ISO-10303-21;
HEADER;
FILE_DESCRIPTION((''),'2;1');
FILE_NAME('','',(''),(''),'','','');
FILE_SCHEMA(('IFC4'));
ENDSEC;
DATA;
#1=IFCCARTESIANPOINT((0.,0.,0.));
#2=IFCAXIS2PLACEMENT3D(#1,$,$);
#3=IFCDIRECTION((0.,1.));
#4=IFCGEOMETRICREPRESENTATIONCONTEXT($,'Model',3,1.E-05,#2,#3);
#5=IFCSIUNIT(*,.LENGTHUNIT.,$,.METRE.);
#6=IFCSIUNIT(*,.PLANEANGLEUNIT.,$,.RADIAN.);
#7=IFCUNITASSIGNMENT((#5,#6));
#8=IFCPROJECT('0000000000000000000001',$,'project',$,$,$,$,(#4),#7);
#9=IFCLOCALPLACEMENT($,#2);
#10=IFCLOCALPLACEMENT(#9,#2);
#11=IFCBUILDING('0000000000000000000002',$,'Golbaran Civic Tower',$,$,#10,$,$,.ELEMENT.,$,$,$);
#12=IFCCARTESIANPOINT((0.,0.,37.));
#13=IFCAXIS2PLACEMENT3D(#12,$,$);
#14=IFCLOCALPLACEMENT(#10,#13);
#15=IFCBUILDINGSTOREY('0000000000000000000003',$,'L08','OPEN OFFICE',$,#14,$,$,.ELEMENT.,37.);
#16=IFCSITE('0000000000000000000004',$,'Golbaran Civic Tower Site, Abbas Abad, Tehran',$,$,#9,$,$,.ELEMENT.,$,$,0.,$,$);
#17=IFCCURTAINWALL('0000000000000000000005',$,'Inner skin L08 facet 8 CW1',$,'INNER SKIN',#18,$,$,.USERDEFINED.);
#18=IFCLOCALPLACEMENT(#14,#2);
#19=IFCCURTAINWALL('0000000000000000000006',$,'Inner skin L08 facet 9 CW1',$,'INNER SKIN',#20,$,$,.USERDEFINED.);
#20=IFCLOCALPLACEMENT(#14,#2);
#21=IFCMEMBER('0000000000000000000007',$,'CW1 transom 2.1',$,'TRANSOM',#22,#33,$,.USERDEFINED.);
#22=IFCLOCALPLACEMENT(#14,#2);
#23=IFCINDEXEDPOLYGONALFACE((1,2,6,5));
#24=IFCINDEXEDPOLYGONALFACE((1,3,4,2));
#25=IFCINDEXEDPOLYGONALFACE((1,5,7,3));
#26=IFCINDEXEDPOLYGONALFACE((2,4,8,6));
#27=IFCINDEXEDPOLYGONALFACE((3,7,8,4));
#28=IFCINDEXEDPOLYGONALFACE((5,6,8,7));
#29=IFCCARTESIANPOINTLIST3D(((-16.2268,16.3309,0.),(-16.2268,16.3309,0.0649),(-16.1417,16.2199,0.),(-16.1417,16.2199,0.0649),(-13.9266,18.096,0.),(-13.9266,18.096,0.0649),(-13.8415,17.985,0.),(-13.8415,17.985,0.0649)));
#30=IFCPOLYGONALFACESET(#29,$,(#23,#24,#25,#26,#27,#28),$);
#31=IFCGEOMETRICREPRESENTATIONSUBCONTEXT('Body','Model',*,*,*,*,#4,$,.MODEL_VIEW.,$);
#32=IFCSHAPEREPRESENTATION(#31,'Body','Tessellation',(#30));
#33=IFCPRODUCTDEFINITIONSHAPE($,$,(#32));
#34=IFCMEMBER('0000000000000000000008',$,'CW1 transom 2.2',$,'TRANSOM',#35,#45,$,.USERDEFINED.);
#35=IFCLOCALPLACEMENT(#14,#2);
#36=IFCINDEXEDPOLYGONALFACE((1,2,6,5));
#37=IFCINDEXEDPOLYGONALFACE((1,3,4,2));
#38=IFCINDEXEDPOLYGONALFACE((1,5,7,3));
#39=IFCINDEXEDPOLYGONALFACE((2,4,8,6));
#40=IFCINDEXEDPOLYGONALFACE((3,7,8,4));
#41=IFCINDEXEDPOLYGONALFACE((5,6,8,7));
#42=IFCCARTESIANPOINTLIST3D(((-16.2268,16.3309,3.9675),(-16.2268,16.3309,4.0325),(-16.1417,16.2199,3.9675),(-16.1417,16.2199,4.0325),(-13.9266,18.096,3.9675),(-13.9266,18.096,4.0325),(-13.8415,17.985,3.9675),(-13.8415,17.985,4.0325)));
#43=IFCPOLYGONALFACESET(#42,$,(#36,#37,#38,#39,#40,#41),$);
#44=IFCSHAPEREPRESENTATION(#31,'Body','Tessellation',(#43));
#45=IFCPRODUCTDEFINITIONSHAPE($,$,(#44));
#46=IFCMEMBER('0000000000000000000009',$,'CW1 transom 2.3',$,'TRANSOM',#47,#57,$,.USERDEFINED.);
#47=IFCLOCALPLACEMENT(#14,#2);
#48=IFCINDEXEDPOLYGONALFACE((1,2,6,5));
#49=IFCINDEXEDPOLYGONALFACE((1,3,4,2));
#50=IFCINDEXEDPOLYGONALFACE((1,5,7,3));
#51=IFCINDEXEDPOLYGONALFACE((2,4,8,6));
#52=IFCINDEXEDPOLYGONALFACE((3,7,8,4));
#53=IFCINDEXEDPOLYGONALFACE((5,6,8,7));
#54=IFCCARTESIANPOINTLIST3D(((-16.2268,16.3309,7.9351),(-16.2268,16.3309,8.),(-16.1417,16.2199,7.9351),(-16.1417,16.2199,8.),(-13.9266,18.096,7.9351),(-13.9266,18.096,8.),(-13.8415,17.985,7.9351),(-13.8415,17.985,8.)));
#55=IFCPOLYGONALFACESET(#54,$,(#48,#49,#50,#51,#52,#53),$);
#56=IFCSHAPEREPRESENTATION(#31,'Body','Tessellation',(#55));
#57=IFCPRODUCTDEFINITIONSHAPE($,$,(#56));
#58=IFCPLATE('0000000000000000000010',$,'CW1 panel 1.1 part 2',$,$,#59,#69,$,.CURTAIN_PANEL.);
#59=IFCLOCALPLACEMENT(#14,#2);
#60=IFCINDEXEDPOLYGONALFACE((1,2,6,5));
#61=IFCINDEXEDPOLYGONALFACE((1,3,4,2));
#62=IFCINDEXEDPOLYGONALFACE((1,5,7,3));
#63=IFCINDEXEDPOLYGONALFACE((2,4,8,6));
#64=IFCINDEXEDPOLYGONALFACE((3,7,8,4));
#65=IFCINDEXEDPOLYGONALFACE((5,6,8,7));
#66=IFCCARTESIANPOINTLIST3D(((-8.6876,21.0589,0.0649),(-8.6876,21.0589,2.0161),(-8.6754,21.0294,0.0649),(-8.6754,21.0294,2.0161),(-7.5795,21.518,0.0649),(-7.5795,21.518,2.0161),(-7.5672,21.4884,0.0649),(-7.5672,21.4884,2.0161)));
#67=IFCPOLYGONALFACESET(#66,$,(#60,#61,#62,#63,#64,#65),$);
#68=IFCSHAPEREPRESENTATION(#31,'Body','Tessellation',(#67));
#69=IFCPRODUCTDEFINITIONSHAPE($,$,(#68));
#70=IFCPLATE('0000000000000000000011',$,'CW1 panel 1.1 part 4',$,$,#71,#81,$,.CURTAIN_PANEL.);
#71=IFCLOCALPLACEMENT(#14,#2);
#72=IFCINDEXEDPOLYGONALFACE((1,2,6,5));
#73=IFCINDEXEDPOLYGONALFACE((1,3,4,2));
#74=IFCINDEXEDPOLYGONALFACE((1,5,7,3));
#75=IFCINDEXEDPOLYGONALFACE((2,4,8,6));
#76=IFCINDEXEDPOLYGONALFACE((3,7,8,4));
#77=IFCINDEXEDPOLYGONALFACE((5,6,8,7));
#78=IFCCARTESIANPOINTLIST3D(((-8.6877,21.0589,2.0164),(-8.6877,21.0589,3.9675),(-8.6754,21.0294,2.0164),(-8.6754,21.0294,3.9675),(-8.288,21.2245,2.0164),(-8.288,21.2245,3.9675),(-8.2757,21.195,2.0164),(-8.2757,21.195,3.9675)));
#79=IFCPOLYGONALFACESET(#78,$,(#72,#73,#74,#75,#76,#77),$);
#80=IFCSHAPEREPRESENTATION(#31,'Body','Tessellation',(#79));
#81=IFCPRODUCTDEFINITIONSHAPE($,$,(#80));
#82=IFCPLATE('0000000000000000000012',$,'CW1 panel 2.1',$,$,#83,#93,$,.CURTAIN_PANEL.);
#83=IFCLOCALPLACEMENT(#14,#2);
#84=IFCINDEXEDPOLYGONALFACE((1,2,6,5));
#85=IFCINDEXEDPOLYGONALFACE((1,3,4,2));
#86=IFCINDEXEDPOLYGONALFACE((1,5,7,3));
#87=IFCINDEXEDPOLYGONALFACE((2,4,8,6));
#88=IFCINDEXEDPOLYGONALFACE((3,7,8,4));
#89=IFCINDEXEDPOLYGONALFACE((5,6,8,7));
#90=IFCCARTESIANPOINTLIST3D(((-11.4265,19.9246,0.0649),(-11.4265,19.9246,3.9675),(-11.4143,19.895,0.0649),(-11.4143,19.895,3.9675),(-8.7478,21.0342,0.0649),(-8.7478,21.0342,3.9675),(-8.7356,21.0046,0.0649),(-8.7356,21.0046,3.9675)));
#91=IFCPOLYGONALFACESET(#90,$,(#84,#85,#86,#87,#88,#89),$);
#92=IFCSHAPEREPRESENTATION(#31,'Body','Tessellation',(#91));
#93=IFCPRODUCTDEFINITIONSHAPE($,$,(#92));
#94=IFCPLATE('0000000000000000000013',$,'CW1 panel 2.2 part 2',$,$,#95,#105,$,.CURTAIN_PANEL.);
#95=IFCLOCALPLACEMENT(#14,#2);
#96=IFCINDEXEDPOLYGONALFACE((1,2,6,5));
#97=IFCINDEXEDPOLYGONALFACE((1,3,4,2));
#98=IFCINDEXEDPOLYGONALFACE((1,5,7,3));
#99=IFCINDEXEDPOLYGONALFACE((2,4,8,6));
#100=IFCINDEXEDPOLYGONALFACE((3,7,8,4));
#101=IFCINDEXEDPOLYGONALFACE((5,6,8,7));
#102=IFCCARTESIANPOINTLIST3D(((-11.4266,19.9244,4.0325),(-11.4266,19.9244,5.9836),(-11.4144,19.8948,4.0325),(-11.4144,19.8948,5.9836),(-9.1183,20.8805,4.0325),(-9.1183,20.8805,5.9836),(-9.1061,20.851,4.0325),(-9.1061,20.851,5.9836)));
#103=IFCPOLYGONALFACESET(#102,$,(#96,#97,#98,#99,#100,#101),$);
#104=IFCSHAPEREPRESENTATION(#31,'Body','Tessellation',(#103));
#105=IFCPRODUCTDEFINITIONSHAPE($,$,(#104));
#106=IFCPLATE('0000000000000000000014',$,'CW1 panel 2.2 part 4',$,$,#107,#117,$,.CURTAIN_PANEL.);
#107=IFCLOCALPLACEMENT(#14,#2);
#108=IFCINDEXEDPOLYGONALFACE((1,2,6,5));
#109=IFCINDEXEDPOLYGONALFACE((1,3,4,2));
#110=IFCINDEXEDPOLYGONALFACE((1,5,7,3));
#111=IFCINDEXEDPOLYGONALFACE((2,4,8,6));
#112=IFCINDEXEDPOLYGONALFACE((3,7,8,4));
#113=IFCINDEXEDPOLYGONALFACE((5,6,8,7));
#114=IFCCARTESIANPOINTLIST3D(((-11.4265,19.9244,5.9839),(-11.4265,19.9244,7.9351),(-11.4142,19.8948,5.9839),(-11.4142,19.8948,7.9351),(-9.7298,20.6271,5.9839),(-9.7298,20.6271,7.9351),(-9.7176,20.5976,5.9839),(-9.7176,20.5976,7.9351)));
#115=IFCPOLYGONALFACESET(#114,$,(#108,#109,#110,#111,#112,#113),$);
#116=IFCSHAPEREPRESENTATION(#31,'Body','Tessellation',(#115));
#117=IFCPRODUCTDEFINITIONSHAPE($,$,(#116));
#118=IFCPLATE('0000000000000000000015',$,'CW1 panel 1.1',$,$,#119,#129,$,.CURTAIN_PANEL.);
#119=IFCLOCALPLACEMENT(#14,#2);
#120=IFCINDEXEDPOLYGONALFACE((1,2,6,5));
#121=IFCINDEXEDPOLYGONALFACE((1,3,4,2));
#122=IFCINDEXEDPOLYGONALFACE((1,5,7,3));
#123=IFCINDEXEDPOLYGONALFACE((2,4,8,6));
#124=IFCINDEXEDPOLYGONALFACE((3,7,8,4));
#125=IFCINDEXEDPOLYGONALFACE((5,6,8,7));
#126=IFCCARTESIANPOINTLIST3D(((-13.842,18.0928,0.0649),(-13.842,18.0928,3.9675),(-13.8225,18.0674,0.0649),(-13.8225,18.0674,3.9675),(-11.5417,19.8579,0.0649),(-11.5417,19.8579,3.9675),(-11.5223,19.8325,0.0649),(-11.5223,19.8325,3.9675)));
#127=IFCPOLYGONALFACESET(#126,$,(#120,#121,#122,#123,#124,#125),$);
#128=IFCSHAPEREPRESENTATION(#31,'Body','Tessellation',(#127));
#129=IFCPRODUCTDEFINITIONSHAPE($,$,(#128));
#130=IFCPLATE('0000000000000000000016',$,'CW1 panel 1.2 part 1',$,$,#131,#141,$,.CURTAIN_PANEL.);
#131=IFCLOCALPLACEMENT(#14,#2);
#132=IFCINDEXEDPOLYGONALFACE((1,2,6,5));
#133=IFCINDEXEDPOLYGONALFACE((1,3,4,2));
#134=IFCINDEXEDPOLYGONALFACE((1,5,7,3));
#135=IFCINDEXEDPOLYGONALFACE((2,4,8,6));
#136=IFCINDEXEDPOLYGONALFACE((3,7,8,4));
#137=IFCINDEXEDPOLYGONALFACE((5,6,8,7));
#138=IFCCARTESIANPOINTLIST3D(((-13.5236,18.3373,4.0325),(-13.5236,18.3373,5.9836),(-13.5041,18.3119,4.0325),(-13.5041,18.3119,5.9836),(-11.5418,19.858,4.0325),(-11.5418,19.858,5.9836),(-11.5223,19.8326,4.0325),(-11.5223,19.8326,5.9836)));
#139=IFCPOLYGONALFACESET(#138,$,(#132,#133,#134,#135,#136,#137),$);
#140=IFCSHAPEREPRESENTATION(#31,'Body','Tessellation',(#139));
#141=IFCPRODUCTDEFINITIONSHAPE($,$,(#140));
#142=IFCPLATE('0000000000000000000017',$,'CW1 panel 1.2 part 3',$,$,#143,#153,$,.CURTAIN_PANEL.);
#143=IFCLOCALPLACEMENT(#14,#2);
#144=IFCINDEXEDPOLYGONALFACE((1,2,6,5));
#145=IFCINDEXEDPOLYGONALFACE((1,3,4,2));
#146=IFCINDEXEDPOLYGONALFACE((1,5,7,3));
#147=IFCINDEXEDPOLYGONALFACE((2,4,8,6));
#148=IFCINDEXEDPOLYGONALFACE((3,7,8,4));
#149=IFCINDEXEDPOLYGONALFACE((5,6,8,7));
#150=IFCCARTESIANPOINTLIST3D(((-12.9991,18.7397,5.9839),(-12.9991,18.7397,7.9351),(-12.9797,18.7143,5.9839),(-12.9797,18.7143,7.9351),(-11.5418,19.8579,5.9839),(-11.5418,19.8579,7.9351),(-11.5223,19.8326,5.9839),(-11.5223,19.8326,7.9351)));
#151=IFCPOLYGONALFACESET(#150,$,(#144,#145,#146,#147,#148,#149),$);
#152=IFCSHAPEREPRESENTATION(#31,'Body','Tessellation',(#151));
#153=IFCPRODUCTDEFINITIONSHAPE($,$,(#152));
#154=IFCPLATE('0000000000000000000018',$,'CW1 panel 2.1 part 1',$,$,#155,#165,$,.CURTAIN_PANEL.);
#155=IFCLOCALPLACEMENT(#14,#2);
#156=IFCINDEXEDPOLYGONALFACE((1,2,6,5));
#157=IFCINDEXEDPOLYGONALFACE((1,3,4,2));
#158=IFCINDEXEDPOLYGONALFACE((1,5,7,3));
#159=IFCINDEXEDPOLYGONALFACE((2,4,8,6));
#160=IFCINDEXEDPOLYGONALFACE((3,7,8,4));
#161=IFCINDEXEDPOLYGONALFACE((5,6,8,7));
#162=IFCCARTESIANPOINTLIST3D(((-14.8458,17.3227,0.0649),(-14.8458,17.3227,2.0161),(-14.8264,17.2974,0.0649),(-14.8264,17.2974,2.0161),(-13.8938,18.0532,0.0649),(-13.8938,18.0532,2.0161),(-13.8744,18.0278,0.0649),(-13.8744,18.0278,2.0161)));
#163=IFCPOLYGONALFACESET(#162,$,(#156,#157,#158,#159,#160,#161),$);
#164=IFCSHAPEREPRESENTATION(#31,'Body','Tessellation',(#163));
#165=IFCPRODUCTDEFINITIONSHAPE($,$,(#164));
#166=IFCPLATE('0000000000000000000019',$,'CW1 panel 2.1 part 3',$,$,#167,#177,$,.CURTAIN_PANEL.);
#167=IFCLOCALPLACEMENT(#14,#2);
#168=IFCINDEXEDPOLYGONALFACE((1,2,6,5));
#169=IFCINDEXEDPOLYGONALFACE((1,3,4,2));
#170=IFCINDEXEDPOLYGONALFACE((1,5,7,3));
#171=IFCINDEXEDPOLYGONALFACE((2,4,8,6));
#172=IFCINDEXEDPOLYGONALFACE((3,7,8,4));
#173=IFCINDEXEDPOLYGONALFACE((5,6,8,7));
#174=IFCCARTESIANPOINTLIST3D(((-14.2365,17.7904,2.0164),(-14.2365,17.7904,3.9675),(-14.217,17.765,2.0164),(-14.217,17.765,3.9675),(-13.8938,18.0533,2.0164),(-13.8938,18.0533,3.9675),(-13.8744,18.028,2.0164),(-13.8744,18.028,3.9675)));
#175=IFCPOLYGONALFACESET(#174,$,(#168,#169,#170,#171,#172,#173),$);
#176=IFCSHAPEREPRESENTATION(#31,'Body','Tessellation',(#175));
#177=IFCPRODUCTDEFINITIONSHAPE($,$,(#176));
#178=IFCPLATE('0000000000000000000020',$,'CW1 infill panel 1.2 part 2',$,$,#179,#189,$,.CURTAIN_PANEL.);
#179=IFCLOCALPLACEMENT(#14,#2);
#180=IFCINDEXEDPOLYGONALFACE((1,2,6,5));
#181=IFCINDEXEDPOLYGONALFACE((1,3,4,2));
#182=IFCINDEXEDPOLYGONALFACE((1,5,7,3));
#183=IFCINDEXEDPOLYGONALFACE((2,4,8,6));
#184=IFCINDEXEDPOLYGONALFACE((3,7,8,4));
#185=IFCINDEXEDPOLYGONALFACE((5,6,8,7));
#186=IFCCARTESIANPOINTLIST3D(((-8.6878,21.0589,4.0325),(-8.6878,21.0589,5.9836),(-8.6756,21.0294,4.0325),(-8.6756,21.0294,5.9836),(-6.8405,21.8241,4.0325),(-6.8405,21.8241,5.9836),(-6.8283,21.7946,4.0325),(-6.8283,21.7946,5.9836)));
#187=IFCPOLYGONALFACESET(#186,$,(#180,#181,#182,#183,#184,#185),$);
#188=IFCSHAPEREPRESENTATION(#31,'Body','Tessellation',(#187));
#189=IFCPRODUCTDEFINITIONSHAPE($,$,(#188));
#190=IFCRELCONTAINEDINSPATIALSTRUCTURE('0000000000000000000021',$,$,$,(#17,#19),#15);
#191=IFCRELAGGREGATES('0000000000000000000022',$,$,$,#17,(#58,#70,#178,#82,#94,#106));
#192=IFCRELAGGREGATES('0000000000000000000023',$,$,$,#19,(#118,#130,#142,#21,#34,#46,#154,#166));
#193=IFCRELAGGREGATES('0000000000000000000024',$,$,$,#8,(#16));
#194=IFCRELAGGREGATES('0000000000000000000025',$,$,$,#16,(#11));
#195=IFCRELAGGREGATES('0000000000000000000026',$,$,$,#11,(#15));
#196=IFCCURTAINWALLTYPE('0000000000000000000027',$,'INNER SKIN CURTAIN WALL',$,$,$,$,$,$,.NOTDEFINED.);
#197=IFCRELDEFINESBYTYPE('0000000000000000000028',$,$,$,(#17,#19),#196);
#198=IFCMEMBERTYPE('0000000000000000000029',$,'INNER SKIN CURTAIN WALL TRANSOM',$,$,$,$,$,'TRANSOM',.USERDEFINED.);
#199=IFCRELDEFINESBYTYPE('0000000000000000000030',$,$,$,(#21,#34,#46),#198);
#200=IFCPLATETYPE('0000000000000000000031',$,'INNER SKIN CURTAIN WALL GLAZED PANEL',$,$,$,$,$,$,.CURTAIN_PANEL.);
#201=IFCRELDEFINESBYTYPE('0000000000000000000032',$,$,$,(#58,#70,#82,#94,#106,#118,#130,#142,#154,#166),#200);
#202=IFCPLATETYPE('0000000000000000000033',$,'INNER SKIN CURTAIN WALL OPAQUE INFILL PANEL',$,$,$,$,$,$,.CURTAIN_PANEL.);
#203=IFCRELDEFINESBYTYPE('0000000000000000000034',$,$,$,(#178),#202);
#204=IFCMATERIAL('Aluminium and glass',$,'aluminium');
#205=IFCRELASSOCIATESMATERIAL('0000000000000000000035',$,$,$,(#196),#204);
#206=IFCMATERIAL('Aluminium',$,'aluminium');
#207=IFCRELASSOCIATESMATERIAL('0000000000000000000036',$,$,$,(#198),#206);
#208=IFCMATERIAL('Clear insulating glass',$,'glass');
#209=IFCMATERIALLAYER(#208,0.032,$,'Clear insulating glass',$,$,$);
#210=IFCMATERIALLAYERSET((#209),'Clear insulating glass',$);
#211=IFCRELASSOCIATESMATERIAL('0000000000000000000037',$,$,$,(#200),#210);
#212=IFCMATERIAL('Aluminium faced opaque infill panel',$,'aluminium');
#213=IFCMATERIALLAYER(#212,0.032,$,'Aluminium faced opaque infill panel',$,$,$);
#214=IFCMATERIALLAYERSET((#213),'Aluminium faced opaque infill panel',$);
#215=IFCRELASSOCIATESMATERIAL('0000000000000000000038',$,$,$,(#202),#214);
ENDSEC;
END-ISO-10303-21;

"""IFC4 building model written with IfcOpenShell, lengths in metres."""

from ifc_helpers import new_model, si_unit, direction, frame, origin, origin_2d, place, context, subcontext, project, spatial, rectangle, extrude, material, layer, layer_set, material_profile, profile_set, type_object, element, aggregate, save


model = new_model("IFC4")

# Units and contexts
model_context = context("Model", 3, precision=1e-05, world=origin(), true_north=direction((0.0, 1.0)))
body_context = subcontext(model_context, "Body", "Model", "MODEL_VIEW")
ifc_project = project(units=[si_unit("LENGTHUNIT", "METRE"), si_unit("PLANEANGLEUNIT", "RADIAN")], contexts=[model_context])

# Site, building, storey
site_placement = place(None, origin())
site = spatial("IfcSite", under=ifc_project, at=site_placement, Name="Golbaran Civic Tower Site, Abbas Abad, Tehran", CompositionType="ELEMENT", RefElevation=0.0)
building_placement = place(site_placement, origin())
building = spatial("IfcBuilding", under=site, at=building_placement, Name="Golbaran Civic Tower", CompositionType="ELEMENT")
storey_placement = place(building_placement, frame((0.0, 0.0, 37.0)))
storey = spatial("IfcBuildingStorey", under=building, at=storey_placement, Name="L08", Description="OPEN OFFICE", CompositionType="ELEMENT", Elevation=37.0)

# Curtain walls
ifc_material_1 = material(Name="Aluminium and glass", Category="aluminium")
curtain_wall_type = type_object("IfcCurtainWallType", Name="INNER SKIN CURTAIN WALL", PredefinedType="NOTDEFINED", material=ifc_material_1)
curtain_wall_1_placement = place(storey_placement, origin())
curtain_wall_1 = element("IfcCurtainWall", 1, at=curtain_wall_1_placement, inside=storey, type_object=curtain_wall_type, Name="Inner skin L08 facet 8 CW1", ObjectType="INNER SKIN", PredefinedType="USERDEFINED")
ifc_material_2 = material(Name="Aluminium", Category="aluminium")
curtain_wall_2_placement = place(storey_placement, origin())
curtain_wall_2 = element("IfcCurtainWall", 2, at=curtain_wall_2_placement, inside=storey, type_object=curtain_wall_type, Name="Inner skin L08 facet 9 CW1", ObjectType="INNER SKIN", PredefinedType="USERDEFINED")

# Members
ifc_material_profile_1 = material_profile(ifc_material_2, rectangle(XDim=0.1399, YDim=0.0649, at=origin_2d()), Name="INNER SKIN CURTAIN WALL TRANSOM")
ifc_profile_set_1 = profile_set([ifc_material_profile_1], Name="Aluminium")
member_type_1 = type_object("IfcMemberType", Name="INNER SKIN CURTAIN WALL TRANSOM", ElementType="TRANSOM", PredefinedType="USERDEFINED", material=ifc_profile_set_1)
member_1_placement = place(storey_placement, frame((-13.884, 18.0405, 0.0325), z_axis=(-0.793343, -0.608774, 0.0), x_axis=(0.608774, -0.793343, 0.0)))
member_1 = element("IfcMember", 3, at=member_1_placement, type_object=member_type_1, Name="CW1 transom 2.1", ObjectType="TRANSOM", PredefinedType="USERDEFINED", context=body_context, shape_type="SweptSolid", body=[
    extrude(rectangle(XDim=0.1399, YDim=0.0649, at=origin_2d()), origin(), (0.0, 0.0, 1.0), 2.8994),
])
member_2_placement = place(storey_placement, frame((-13.884, 18.0405, 4.0), z_axis=(-0.793343, -0.608774, 0.0), x_axis=(0.608774, -0.793343, 0.0)))
member_2 = element("IfcMember", 4, at=member_2_placement, type_object=member_type_1, Name="CW1 transom 2.2", ObjectType="TRANSOM", PredefinedType="USERDEFINED", context=body_context, shape_type="SweptSolid", body=[
    extrude(rectangle(XDim=0.1399, YDim=0.0649, at=origin_2d()), origin(), (0.0, 0.0, 1.0), 2.8994),
])
member_3_placement = place(storey_placement, frame((-13.884, 18.0405, 7.9675), z_axis=(-0.793343, -0.608774, 0.0), x_axis=(0.608774, -0.793343, 0.0)))
member_3 = element("IfcMember", 5, at=member_3_placement, type_object=member_type_1, Name="CW1 transom 2.3", ObjectType="TRANSOM", PredefinedType="USERDEFINED", context=body_context, shape_type="SweptSolid", body=[
    extrude(rectangle(XDim=0.1399, YDim=0.0649, at=origin_2d()), origin(), (0.0, 0.0, 1.0), 2.8994),
])

# Plates
ifc_material_3 = material(Name="Clear insulating glass", Category="glass")
ifc_layer_1 = layer(ifc_material_3, 0.032, Name="Clear insulating glass")
ifc_layer_set_1 = layer_set([ifc_layer_1], Name="Clear insulating glass")
plate_type_1 = type_object("IfcPlateType", Name="INNER SKIN CURTAIN WALL GLAZED PANEL", PredefinedType="CURTAIN_PANEL", material=ifc_layer_set_1)
plate_1_placement = place(storey_placement, frame((-8.1274, 21.2737, 0.0649), z_axis=(0.0, 0.0, 1.0), x_axis=(-0.92388, -0.382683, 0.0)))
plate_1 = element("IfcPlate", 6, at=plate_1_placement, type_object=plate_type_1, Name="CW1 panel 1.1 part 2", PredefinedType="CURTAIN_PANEL", context=body_context, shape_type="SweptSolid", body=[
    extrude(rectangle(XDim=1.1995, YDim=0.032, at=origin_2d()), origin(), (0.0, 0.0, 1.0), 1.9512),
])
plate_2_placement = place(storey_placement, frame((-8.4817, 21.127, 2.0164), z_axis=(0.0, 0.0, 1.0), x_axis=(-0.92388, -0.382683, 0.0)))
plate_2 = element("IfcPlate", 7, at=plate_2_placement, type_object=plate_type_1, Name="CW1 panel 1.1 part 4", PredefinedType="CURTAIN_PANEL", context=body_context, shape_type="SweptSolid", body=[
    extrude(rectangle(XDim=0.4326, YDim=0.032, at=origin_2d()), origin(), (0.0, 0.0, 1.0), 1.9512),
])
plate_3_placement = place(storey_placement, frame((-10.0811, 20.4646, 0.0649), z_axis=(0.0, 0.0, 1.0), x_axis=(-0.92388, -0.382683, 0.0)))
plate_3 = element("IfcPlate", 8, at=plate_3_placement, type_object=plate_type_1, Name="CW1 panel 2.1", PredefinedType="CURTAIN_PANEL", context=body_context, shape_type="SweptSolid", body=[
    extrude(rectangle(XDim=2.8994, YDim=0.032, at=origin_2d()), origin(), (0.0, 0.0, 1.0), 3.9026),
])
plate_4_placement = place(storey_placement, frame((-10.2664, 20.3877, 4.0325), z_axis=(0.0, 0.0, 1.0), x_axis=(-0.92388, -0.382683, 0.0)))
plate_4 = element("IfcPlate", 9, at=plate_4_placement, type_object=plate_type_1, Name="CW1 panel 2.2 part 2", PredefinedType="CURTAIN_PANEL", context=body_context, shape_type="SweptSolid", body=[
    extrude(rectangle(XDim=2.4985, YDim=0.032, at=origin_2d()), origin(), (0.0, 0.0, 1.0), 1.9512),
])
plate_5_placement = place(storey_placement, frame((-10.572, 20.261, 5.9839), z_axis=(0.0, 0.0, 1.0), x_axis=(-0.92388, -0.382683, 0.0)))
plate_5 = element("IfcPlate", 10, at=plate_5_placement, type_object=plate_type_1, Name="CW1 panel 2.2 part 4", PredefinedType="CURTAIN_PANEL", context=body_context, shape_type="SweptSolid", body=[
    extrude(rectangle(XDim=1.8364, YDim=0.032, at=origin_2d()), origin(), (0.0, 0.0, 1.0), 1.9512),
])
plate_6_placement = place(storey_placement, frame((-12.6821, 18.9626, 0.0649), z_axis=(0.0, 0.0, 1.0), x_axis=(-0.793353, -0.608761, 0.0)))
plate_6 = element("IfcPlate", 11, at=plate_6_placement, type_object=plate_type_1, Name="CW1 panel 1.1", PredefinedType="CURTAIN_PANEL", context=body_context, shape_type="SweptSolid", body=[
    extrude(rectangle(XDim=2.8994, YDim=0.032, at=origin_2d()), origin(), (0.0, 0.0, 1.0), 3.9026),
])
plate_7_placement = place(storey_placement, frame((-12.5229, 19.085, 4.0325), z_axis=(0.0, 0.0, 1.0), x_axis=(-0.793353, -0.608761, 0.0)))
plate_7 = element("IfcPlate", 12, at=plate_7_placement, type_object=plate_type_1, Name="CW1 panel 1.2 part 1", PredefinedType="CURTAIN_PANEL", context=body_context, shape_type="SweptSolid", body=[
    extrude(rectangle(XDim=2.498, YDim=0.032, at=origin_2d()), origin(), (0.0, 0.0, 1.0), 1.9512),
])
plate_8_placement = place(storey_placement, frame((-12.2607, 19.2861, 5.9839), z_axis=(0.0, 0.0, 1.0), x_axis=(-0.793353, -0.608761, 0.0)))
plate_8 = element("IfcPlate", 13, at=plate_8_placement, type_object=plate_type_1, Name="CW1 panel 1.2 part 3", PredefinedType="CURTAIN_PANEL", context=body_context, shape_type="SweptSolid", body=[
    extrude(rectangle(XDim=1.8369, YDim=0.032, at=origin_2d()), origin(), (0.0, 0.0, 1.0), 1.9512),
])
plate_9_placement = place(storey_placement, frame((-14.3601, 17.6753, 0.0649), z_axis=(0.0, 0.0, 1.0), x_axis=(-0.793353, -0.608761, 0.0)))
plate_9 = element("IfcPlate", 14, at=plate_9_placement, type_object=plate_type_1, Name="CW1 panel 2.1 part 1", PredefinedType="CURTAIN_PANEL", context=body_context, shape_type="SweptSolid", body=[
    extrude(rectangle(XDim=1.2, YDim=0.032, at=origin_2d()), origin(), (0.0, 0.0, 1.0), 1.9512),
])
plate_10_placement = place(storey_placement, frame((-14.0554, 17.9092, 2.0164), z_axis=(0.0, 0.0, 1.0), x_axis=(-0.793353, -0.608761, 0.0)))
plate_10 = element("IfcPlate", 15, at=plate_10_placement, type_object=plate_type_1, Name="CW1 panel 2.1 part 3", PredefinedType="CURTAIN_PANEL", context=body_context, shape_type="SweptSolid", body=[
    extrude(rectangle(XDim=0.4319, YDim=0.032, at=origin_2d()), origin(), (0.0, 0.0, 1.0), 1.9512),
])
ifc_material_4 = material(Name="Aluminium faced opaque infill panel", Category="aluminium")
ifc_layer_2 = layer(ifc_material_4, 0.032, Name="Aluminium faced opaque infill panel")
ifc_layer_set_2 = layer_set([ifc_layer_2], Name="Aluminium faced opaque infill panel")
plate_type_2 = type_object("IfcPlateType", Name="INNER SKIN CURTAIN WALL OPAQUE INFILL PANEL", PredefinedType="CURTAIN_PANEL", material=ifc_layer_set_2)
plate_11_placement = place(storey_placement, frame((-7.7581, 21.4268, 4.0325), z_axis=(0.0, 0.0, 1.0), x_axis=(-0.92388, -0.382683, 0.0)))
plate_11 = element("IfcPlate", 16, at=plate_11_placement, type_object=plate_type_2, Name="CW1 infill panel 1.2 part 2", PredefinedType="CURTAIN_PANEL", context=body_context, shape_type="SweptSolid", body=[
    extrude(rectangle(XDim=1.9995, YDim=0.032, at=origin_2d()), origin(), (0.0, 0.0, 1.0), 1.9512),
])
aggregate(curtain_wall_1, [plate_1, plate_2, plate_11, plate_3, plate_4, plate_5])
aggregate(curtain_wall_2, [plate_6, plate_7, plate_8, member_1, member_2, member_3, plate_9, plate_10])

save(model, "model.ifc")
